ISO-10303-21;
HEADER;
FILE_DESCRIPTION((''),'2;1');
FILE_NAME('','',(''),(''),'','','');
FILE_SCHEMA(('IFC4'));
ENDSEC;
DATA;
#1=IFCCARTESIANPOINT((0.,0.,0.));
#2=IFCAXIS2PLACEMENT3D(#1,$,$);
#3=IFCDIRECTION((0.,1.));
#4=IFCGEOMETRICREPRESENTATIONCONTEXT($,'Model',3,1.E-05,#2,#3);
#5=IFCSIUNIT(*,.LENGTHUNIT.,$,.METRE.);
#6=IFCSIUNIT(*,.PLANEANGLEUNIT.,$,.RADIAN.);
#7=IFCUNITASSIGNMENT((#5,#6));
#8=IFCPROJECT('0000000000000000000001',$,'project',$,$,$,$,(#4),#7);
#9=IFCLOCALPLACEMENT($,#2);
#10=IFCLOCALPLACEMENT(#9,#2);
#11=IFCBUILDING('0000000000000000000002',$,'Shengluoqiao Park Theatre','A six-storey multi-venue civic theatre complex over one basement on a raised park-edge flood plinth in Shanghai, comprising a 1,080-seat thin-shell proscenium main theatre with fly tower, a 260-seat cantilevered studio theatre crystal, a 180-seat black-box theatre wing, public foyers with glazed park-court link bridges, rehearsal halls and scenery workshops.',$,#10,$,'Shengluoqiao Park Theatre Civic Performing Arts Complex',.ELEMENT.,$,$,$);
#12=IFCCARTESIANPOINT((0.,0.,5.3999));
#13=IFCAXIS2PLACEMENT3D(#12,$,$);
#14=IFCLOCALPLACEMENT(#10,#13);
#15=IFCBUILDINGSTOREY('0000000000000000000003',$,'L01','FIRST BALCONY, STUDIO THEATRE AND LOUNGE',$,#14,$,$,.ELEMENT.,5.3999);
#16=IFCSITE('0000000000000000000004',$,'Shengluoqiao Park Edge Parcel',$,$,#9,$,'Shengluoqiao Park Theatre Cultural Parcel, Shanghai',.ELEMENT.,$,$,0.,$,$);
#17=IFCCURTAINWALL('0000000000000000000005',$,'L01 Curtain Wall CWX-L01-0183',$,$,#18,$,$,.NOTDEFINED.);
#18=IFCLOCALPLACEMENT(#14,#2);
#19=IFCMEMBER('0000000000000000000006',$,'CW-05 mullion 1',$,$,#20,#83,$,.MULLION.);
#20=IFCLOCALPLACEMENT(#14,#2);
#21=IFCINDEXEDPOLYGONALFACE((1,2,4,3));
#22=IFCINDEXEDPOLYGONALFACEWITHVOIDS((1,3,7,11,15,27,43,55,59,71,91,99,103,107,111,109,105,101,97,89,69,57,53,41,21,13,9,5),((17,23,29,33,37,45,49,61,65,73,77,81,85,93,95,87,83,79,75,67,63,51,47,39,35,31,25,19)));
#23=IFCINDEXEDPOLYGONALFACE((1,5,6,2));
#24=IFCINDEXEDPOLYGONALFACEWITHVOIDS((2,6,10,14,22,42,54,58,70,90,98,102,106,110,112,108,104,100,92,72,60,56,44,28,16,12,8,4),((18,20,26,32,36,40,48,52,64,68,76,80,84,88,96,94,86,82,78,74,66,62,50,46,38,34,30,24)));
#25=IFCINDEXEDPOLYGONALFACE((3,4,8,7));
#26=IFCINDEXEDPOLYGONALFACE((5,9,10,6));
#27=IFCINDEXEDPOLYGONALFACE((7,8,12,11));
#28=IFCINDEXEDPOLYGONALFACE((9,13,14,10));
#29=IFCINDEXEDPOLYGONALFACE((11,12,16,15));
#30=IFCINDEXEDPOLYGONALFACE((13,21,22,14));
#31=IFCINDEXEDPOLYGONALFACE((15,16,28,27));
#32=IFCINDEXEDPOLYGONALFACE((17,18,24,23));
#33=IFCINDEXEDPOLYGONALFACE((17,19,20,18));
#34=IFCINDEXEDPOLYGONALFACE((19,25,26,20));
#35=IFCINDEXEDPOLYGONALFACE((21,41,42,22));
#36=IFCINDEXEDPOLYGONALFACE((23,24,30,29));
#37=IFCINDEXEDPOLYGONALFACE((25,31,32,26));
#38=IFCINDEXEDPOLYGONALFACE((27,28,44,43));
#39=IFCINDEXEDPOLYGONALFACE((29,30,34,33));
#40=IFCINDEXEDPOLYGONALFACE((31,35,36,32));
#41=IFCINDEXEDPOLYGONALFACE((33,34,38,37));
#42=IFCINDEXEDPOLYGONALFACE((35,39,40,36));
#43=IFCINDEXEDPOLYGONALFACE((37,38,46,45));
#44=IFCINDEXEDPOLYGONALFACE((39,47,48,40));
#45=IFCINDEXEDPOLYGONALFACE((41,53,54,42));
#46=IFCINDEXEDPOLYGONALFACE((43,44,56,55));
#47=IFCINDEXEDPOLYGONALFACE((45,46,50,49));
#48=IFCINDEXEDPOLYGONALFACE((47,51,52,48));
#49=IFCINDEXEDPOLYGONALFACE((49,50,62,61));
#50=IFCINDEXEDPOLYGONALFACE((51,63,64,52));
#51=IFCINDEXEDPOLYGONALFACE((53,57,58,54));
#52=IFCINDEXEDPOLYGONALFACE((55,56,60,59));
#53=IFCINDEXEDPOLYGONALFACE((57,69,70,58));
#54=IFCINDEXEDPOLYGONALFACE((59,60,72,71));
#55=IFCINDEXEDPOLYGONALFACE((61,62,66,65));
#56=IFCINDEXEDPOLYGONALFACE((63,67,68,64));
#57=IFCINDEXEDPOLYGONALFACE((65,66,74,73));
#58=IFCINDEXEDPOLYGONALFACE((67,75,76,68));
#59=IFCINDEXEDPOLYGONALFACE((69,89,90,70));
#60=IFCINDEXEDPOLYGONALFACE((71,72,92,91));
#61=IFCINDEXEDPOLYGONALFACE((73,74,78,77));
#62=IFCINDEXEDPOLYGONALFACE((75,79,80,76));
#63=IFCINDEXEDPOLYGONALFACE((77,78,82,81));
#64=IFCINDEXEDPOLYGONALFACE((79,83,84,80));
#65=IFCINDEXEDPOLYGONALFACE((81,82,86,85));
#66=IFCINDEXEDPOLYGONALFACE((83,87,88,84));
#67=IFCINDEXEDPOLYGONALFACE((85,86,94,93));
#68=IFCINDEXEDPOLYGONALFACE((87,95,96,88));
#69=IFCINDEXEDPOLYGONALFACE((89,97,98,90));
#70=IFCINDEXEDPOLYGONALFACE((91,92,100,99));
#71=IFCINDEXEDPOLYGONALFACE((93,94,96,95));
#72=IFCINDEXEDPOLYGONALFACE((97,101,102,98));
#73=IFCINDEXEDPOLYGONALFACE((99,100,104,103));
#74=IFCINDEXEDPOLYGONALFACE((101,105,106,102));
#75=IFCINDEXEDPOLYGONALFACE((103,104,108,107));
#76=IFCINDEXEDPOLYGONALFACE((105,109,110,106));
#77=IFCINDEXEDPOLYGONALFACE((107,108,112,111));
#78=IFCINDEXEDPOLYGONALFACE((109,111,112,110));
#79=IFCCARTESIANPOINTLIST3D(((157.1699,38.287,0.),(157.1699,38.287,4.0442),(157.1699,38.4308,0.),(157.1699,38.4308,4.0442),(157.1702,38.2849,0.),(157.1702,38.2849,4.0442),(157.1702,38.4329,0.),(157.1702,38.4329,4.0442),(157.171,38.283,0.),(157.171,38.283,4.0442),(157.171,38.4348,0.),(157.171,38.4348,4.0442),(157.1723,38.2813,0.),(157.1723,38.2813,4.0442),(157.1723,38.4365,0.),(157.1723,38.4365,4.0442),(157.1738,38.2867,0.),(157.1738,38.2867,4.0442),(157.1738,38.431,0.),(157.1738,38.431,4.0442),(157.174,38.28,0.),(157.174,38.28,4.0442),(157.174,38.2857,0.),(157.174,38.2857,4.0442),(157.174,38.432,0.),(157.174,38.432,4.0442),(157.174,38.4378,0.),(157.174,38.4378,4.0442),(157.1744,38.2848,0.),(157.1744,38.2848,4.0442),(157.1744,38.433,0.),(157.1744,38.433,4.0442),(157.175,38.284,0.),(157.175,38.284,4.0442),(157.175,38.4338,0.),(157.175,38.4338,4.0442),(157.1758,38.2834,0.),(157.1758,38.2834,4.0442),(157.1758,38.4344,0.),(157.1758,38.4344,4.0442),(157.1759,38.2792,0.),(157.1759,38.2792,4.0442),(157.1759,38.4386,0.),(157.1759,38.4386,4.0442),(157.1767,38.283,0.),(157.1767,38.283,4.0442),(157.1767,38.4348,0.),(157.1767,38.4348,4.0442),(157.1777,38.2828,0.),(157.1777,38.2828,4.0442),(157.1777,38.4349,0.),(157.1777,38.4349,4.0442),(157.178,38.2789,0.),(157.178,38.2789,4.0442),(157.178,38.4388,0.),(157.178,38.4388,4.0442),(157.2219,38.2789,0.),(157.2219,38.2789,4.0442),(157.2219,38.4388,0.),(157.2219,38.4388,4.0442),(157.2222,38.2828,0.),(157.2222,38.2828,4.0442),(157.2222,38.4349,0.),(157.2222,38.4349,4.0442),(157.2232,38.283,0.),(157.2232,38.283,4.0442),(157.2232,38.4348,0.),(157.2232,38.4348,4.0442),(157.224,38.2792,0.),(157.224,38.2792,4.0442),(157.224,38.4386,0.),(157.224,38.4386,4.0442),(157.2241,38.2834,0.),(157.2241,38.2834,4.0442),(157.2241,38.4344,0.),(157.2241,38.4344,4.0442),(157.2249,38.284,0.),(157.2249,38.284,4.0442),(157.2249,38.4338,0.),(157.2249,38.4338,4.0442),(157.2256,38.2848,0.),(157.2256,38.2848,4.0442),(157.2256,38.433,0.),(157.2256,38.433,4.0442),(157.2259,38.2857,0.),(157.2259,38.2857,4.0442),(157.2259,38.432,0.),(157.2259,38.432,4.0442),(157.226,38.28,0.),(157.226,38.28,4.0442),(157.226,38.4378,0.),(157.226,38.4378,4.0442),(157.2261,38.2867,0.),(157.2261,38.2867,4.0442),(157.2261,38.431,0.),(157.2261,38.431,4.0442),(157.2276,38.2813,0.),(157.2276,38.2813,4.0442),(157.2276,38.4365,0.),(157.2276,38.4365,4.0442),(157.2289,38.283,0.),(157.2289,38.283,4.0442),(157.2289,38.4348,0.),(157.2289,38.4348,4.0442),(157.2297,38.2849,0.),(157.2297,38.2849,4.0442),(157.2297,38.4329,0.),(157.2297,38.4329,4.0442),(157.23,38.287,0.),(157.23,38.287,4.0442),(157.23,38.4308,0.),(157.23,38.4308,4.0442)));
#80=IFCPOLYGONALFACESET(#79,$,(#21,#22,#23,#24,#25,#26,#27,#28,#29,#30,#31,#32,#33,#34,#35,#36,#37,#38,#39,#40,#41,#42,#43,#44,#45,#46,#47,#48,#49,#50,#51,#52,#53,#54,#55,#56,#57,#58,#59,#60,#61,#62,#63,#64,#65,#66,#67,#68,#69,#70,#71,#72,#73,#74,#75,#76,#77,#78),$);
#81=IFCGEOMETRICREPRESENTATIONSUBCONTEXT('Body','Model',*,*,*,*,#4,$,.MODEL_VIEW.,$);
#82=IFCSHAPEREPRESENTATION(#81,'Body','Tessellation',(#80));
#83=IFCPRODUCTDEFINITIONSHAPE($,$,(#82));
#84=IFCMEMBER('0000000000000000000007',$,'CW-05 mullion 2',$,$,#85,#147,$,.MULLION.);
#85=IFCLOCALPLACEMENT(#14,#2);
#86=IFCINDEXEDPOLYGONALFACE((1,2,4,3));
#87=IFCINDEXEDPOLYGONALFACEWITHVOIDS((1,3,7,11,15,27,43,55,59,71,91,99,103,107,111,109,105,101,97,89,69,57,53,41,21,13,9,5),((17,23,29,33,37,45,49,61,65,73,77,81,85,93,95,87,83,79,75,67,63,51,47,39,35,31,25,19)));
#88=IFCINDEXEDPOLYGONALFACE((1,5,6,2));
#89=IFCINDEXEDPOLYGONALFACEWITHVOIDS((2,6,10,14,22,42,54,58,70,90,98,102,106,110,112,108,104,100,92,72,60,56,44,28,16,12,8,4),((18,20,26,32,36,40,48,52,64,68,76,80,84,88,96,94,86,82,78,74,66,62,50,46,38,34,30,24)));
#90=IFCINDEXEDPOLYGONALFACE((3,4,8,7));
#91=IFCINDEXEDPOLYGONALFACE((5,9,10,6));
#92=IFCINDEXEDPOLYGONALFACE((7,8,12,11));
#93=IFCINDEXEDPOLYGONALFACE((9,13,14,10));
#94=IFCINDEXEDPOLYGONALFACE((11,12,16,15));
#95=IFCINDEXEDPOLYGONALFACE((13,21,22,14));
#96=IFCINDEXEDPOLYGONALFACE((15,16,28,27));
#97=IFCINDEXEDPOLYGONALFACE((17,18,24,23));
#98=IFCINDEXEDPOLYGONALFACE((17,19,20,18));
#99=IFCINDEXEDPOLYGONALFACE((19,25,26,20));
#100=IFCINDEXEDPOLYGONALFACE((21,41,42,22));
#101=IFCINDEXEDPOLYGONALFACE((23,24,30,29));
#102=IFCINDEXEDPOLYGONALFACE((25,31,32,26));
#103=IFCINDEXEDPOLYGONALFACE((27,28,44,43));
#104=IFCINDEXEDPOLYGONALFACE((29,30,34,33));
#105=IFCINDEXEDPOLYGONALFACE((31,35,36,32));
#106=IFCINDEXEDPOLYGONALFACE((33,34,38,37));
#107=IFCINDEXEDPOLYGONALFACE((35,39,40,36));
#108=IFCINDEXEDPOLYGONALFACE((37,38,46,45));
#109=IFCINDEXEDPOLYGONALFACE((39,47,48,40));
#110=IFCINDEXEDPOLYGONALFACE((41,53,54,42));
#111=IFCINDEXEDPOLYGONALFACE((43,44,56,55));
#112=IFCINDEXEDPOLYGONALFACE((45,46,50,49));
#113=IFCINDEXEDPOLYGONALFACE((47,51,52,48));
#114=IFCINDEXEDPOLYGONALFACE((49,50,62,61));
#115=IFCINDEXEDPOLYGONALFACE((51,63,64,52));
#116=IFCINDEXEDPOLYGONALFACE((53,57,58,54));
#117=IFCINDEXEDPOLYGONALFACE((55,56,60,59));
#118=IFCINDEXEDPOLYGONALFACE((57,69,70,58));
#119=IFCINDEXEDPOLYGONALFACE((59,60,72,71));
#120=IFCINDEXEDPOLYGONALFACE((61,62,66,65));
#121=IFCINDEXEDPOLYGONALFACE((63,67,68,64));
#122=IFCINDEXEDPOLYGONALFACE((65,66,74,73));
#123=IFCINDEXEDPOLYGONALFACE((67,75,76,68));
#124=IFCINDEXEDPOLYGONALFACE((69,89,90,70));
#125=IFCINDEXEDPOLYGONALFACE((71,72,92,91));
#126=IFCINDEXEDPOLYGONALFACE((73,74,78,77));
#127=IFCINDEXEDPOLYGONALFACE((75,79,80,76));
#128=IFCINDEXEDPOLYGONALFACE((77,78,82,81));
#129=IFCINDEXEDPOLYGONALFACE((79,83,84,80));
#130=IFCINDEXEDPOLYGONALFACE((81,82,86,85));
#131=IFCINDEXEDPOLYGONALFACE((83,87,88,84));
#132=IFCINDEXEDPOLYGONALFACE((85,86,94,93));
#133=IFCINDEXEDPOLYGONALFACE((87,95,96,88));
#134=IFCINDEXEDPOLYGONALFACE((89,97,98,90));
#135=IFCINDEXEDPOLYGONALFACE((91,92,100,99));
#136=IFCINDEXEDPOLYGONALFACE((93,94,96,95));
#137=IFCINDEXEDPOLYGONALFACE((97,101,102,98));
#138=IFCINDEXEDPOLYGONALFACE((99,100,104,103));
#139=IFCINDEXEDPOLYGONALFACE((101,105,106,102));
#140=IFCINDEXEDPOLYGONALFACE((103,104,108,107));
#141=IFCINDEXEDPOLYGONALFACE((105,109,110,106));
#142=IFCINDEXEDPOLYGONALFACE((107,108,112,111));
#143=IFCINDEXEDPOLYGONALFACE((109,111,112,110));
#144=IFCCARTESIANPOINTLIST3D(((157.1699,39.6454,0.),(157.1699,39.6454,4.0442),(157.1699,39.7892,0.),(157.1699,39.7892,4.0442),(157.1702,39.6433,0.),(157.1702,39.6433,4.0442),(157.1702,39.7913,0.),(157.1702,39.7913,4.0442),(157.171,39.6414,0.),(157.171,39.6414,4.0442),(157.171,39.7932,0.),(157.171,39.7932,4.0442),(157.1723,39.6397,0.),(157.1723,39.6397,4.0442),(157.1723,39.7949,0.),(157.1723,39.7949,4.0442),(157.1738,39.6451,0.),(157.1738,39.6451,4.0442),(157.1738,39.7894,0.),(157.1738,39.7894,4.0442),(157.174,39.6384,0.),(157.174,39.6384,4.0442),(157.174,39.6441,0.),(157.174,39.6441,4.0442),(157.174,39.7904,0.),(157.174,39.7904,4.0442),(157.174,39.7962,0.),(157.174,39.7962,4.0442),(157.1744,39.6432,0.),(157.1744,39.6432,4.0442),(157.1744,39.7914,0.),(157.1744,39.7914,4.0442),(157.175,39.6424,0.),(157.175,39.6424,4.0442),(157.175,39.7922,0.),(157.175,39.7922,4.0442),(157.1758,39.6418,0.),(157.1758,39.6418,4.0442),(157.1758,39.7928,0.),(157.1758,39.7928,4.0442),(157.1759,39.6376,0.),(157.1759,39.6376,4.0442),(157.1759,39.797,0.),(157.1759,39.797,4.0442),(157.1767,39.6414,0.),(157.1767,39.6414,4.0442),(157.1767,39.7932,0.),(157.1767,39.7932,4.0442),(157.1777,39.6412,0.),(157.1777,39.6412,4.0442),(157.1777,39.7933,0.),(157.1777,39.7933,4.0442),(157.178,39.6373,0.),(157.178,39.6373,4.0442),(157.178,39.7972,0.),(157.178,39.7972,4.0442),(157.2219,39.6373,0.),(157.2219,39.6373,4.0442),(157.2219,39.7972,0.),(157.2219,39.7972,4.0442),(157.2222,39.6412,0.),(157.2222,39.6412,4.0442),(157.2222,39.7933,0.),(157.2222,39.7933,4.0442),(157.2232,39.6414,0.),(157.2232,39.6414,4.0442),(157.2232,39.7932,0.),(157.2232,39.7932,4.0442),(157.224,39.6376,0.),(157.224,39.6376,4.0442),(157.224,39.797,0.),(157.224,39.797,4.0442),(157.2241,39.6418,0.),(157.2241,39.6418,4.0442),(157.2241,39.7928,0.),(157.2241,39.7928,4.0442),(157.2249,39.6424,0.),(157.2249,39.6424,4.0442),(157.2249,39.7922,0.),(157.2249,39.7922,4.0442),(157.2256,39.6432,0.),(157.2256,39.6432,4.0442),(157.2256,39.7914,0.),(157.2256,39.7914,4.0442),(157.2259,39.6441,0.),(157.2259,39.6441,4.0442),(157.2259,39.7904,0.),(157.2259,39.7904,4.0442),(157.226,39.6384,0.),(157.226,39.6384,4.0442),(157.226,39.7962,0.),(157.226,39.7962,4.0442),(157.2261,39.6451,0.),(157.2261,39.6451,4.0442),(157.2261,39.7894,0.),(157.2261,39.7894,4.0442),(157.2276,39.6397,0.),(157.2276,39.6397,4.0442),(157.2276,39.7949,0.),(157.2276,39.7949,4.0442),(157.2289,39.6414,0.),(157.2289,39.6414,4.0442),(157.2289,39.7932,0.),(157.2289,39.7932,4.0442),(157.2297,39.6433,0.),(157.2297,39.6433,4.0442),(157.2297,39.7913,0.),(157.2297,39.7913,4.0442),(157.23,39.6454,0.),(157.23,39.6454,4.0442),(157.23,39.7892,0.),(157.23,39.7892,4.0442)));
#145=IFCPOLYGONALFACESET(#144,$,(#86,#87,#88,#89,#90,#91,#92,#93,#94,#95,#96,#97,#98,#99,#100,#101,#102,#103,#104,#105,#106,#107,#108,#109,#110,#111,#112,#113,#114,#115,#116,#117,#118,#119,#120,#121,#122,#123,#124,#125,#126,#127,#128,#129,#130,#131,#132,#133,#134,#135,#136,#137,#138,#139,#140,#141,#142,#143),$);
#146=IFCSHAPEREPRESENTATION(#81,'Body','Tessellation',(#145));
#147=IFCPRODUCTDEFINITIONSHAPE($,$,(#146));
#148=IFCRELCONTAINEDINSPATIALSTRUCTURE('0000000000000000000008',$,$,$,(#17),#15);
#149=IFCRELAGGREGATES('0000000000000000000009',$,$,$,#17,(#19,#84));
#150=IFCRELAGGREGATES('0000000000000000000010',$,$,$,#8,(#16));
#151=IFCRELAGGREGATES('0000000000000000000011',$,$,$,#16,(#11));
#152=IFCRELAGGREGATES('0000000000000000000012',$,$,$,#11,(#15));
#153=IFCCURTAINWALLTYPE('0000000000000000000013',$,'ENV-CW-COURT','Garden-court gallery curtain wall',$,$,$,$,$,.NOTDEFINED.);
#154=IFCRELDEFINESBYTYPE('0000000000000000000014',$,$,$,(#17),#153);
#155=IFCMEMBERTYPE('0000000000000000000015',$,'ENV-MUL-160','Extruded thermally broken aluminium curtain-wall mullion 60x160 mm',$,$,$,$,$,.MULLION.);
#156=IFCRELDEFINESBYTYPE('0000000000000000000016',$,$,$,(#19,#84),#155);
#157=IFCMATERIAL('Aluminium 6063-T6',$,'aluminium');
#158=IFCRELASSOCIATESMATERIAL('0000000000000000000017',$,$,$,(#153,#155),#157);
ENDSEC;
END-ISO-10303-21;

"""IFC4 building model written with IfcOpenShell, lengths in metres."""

from ifc_helpers import new_model, si_unit, direction, frame, origin, origin_2d, place, context, subcontext, project, spatial, hollow_rectangle, extrude, material, material_profile, profile_set, type_object, element, aggregate, save


model = new_model("IFC4")

# Units and contexts
model_context = context("Model", 3, precision=1e-05, world=origin(), true_north=direction((0.0, 1.0)))
body_context = subcontext(model_context, "Body", "Model", "MODEL_VIEW")
ifc_project = project(units=[si_unit("LENGTHUNIT", "METRE"), si_unit("PLANEANGLEUNIT", "RADIAN")], contexts=[model_context])

# Site, building, storey
site_placement = place(None, origin())
site = spatial("IfcSite", under=ifc_project, at=site_placement, Name="Shengluoqiao Park Edge Parcel", LongName="Shengluoqiao Park Theatre Cultural Parcel, Shanghai", CompositionType="ELEMENT", RefElevation=0.0)
building_placement = place(site_placement, origin())
building = spatial("IfcBuilding", under=site, at=building_placement, Name="Shengluoqiao Park Theatre", Description="A six-storey multi-venue civic theatre complex over one basement on a raised park-edge flood plinth in Shanghai, comprising a 1,080-seat thin-shell proscenium main theatre with fly tower, a 260-seat cantilevered studio theatre crystal, a 180-seat black-box theatre wing, public foyers with glazed park-court link bridges, rehearsal halls and scenery workshops.", LongName="Shengluoqiao Park Theatre Civic Performing Arts Complex", CompositionType="ELEMENT")
storey_placement = place(building_placement, frame((0.0, 0.0, 5.3999)))
storey = spatial("IfcBuildingStorey", under=building, at=storey_placement, Name="L01", Description="FIRST BALCONY, STUDIO THEATRE AND LOUNGE", CompositionType="ELEMENT", Elevation=5.3999)

# Curtain wall, members
ifc_material_1 = material(Name="Aluminium 6063-T6", Category="aluminium")
curtain_wall_type = type_object("IfcCurtainWallType", Name="ENV-CW-COURT", Description="Garden-court gallery curtain wall", PredefinedType="NOTDEFINED", material=ifc_material_1)
ifc_material_profile_1 = material_profile(ifc_material_1, hollow_rectangle(XDim=0.0601, YDim=0.1599, WallThickness=0.0039, InnerFilletRadius=0.0039, OuterFilletRadius=0.0081, at=origin_2d()), Name="ALU MULLION 160x60x4")
ifc_profile_set_1 = profile_set([ifc_material_profile_1], Name="Aluminium 6063-T6")
member_type_1 = type_object("IfcMemberType", Name="ENV-MUL-160", Description="Extruded thermally broken aluminium curtain-wall mullion 60x160 mm", PredefinedType="MULLION", material=ifc_profile_set_1)
curtain_wall_1_placement = place(storey_placement, origin())
curtain_wall_1 = element("IfcCurtainWall", 1, at=curtain_wall_1_placement, inside=storey, type_object=curtain_wall_type, Name="L01 Curtain Wall CWX-L01-0183", PredefinedType="NOTDEFINED")
member_1_placement = place(storey_placement, frame((157.2, 38.3589, 0.0), z_axis=(0.0, 0.0, 1.0), x_axis=(-1.0, 0.0, 0.0)))
member_1 = element("IfcMember", 2, at=member_1_placement, type_object=member_type_1, Name="CW-05 mullion 1", PredefinedType="MULLION", context=body_context, shape_type="SweptSolid", body=[
    extrude(hollow_rectangle(XDim=0.0601, YDim=0.1599, WallThickness=0.0039, InnerFilletRadius=0.0039, OuterFilletRadius=0.0081, at=origin_2d()), origin(), (0.0, 0.0, 1.0), 4.0442),
])
member_2_placement = place(storey_placement, frame((157.2, 39.7173, 0.0), z_axis=(0.0, 0.0, 1.0), x_axis=(-1.0, 0.0, 0.0)))
member_2 = element("IfcMember", 3, at=member_2_placement, type_object=member_type_1, Name="CW-05 mullion 2", PredefinedType="MULLION", context=body_context, shape_type="SweptSolid", body=[
    extrude(hollow_rectangle(XDim=0.0601, YDim=0.1599, WallThickness=0.0039, InnerFilletRadius=0.0039, OuterFilletRadius=0.0081, at=origin_2d()), origin(), (0.0, 0.0, 1.0), 4.0442),
])

aggregate(curtain_wall_1, [member_1, member_2])

save(model, "model.ifc")
